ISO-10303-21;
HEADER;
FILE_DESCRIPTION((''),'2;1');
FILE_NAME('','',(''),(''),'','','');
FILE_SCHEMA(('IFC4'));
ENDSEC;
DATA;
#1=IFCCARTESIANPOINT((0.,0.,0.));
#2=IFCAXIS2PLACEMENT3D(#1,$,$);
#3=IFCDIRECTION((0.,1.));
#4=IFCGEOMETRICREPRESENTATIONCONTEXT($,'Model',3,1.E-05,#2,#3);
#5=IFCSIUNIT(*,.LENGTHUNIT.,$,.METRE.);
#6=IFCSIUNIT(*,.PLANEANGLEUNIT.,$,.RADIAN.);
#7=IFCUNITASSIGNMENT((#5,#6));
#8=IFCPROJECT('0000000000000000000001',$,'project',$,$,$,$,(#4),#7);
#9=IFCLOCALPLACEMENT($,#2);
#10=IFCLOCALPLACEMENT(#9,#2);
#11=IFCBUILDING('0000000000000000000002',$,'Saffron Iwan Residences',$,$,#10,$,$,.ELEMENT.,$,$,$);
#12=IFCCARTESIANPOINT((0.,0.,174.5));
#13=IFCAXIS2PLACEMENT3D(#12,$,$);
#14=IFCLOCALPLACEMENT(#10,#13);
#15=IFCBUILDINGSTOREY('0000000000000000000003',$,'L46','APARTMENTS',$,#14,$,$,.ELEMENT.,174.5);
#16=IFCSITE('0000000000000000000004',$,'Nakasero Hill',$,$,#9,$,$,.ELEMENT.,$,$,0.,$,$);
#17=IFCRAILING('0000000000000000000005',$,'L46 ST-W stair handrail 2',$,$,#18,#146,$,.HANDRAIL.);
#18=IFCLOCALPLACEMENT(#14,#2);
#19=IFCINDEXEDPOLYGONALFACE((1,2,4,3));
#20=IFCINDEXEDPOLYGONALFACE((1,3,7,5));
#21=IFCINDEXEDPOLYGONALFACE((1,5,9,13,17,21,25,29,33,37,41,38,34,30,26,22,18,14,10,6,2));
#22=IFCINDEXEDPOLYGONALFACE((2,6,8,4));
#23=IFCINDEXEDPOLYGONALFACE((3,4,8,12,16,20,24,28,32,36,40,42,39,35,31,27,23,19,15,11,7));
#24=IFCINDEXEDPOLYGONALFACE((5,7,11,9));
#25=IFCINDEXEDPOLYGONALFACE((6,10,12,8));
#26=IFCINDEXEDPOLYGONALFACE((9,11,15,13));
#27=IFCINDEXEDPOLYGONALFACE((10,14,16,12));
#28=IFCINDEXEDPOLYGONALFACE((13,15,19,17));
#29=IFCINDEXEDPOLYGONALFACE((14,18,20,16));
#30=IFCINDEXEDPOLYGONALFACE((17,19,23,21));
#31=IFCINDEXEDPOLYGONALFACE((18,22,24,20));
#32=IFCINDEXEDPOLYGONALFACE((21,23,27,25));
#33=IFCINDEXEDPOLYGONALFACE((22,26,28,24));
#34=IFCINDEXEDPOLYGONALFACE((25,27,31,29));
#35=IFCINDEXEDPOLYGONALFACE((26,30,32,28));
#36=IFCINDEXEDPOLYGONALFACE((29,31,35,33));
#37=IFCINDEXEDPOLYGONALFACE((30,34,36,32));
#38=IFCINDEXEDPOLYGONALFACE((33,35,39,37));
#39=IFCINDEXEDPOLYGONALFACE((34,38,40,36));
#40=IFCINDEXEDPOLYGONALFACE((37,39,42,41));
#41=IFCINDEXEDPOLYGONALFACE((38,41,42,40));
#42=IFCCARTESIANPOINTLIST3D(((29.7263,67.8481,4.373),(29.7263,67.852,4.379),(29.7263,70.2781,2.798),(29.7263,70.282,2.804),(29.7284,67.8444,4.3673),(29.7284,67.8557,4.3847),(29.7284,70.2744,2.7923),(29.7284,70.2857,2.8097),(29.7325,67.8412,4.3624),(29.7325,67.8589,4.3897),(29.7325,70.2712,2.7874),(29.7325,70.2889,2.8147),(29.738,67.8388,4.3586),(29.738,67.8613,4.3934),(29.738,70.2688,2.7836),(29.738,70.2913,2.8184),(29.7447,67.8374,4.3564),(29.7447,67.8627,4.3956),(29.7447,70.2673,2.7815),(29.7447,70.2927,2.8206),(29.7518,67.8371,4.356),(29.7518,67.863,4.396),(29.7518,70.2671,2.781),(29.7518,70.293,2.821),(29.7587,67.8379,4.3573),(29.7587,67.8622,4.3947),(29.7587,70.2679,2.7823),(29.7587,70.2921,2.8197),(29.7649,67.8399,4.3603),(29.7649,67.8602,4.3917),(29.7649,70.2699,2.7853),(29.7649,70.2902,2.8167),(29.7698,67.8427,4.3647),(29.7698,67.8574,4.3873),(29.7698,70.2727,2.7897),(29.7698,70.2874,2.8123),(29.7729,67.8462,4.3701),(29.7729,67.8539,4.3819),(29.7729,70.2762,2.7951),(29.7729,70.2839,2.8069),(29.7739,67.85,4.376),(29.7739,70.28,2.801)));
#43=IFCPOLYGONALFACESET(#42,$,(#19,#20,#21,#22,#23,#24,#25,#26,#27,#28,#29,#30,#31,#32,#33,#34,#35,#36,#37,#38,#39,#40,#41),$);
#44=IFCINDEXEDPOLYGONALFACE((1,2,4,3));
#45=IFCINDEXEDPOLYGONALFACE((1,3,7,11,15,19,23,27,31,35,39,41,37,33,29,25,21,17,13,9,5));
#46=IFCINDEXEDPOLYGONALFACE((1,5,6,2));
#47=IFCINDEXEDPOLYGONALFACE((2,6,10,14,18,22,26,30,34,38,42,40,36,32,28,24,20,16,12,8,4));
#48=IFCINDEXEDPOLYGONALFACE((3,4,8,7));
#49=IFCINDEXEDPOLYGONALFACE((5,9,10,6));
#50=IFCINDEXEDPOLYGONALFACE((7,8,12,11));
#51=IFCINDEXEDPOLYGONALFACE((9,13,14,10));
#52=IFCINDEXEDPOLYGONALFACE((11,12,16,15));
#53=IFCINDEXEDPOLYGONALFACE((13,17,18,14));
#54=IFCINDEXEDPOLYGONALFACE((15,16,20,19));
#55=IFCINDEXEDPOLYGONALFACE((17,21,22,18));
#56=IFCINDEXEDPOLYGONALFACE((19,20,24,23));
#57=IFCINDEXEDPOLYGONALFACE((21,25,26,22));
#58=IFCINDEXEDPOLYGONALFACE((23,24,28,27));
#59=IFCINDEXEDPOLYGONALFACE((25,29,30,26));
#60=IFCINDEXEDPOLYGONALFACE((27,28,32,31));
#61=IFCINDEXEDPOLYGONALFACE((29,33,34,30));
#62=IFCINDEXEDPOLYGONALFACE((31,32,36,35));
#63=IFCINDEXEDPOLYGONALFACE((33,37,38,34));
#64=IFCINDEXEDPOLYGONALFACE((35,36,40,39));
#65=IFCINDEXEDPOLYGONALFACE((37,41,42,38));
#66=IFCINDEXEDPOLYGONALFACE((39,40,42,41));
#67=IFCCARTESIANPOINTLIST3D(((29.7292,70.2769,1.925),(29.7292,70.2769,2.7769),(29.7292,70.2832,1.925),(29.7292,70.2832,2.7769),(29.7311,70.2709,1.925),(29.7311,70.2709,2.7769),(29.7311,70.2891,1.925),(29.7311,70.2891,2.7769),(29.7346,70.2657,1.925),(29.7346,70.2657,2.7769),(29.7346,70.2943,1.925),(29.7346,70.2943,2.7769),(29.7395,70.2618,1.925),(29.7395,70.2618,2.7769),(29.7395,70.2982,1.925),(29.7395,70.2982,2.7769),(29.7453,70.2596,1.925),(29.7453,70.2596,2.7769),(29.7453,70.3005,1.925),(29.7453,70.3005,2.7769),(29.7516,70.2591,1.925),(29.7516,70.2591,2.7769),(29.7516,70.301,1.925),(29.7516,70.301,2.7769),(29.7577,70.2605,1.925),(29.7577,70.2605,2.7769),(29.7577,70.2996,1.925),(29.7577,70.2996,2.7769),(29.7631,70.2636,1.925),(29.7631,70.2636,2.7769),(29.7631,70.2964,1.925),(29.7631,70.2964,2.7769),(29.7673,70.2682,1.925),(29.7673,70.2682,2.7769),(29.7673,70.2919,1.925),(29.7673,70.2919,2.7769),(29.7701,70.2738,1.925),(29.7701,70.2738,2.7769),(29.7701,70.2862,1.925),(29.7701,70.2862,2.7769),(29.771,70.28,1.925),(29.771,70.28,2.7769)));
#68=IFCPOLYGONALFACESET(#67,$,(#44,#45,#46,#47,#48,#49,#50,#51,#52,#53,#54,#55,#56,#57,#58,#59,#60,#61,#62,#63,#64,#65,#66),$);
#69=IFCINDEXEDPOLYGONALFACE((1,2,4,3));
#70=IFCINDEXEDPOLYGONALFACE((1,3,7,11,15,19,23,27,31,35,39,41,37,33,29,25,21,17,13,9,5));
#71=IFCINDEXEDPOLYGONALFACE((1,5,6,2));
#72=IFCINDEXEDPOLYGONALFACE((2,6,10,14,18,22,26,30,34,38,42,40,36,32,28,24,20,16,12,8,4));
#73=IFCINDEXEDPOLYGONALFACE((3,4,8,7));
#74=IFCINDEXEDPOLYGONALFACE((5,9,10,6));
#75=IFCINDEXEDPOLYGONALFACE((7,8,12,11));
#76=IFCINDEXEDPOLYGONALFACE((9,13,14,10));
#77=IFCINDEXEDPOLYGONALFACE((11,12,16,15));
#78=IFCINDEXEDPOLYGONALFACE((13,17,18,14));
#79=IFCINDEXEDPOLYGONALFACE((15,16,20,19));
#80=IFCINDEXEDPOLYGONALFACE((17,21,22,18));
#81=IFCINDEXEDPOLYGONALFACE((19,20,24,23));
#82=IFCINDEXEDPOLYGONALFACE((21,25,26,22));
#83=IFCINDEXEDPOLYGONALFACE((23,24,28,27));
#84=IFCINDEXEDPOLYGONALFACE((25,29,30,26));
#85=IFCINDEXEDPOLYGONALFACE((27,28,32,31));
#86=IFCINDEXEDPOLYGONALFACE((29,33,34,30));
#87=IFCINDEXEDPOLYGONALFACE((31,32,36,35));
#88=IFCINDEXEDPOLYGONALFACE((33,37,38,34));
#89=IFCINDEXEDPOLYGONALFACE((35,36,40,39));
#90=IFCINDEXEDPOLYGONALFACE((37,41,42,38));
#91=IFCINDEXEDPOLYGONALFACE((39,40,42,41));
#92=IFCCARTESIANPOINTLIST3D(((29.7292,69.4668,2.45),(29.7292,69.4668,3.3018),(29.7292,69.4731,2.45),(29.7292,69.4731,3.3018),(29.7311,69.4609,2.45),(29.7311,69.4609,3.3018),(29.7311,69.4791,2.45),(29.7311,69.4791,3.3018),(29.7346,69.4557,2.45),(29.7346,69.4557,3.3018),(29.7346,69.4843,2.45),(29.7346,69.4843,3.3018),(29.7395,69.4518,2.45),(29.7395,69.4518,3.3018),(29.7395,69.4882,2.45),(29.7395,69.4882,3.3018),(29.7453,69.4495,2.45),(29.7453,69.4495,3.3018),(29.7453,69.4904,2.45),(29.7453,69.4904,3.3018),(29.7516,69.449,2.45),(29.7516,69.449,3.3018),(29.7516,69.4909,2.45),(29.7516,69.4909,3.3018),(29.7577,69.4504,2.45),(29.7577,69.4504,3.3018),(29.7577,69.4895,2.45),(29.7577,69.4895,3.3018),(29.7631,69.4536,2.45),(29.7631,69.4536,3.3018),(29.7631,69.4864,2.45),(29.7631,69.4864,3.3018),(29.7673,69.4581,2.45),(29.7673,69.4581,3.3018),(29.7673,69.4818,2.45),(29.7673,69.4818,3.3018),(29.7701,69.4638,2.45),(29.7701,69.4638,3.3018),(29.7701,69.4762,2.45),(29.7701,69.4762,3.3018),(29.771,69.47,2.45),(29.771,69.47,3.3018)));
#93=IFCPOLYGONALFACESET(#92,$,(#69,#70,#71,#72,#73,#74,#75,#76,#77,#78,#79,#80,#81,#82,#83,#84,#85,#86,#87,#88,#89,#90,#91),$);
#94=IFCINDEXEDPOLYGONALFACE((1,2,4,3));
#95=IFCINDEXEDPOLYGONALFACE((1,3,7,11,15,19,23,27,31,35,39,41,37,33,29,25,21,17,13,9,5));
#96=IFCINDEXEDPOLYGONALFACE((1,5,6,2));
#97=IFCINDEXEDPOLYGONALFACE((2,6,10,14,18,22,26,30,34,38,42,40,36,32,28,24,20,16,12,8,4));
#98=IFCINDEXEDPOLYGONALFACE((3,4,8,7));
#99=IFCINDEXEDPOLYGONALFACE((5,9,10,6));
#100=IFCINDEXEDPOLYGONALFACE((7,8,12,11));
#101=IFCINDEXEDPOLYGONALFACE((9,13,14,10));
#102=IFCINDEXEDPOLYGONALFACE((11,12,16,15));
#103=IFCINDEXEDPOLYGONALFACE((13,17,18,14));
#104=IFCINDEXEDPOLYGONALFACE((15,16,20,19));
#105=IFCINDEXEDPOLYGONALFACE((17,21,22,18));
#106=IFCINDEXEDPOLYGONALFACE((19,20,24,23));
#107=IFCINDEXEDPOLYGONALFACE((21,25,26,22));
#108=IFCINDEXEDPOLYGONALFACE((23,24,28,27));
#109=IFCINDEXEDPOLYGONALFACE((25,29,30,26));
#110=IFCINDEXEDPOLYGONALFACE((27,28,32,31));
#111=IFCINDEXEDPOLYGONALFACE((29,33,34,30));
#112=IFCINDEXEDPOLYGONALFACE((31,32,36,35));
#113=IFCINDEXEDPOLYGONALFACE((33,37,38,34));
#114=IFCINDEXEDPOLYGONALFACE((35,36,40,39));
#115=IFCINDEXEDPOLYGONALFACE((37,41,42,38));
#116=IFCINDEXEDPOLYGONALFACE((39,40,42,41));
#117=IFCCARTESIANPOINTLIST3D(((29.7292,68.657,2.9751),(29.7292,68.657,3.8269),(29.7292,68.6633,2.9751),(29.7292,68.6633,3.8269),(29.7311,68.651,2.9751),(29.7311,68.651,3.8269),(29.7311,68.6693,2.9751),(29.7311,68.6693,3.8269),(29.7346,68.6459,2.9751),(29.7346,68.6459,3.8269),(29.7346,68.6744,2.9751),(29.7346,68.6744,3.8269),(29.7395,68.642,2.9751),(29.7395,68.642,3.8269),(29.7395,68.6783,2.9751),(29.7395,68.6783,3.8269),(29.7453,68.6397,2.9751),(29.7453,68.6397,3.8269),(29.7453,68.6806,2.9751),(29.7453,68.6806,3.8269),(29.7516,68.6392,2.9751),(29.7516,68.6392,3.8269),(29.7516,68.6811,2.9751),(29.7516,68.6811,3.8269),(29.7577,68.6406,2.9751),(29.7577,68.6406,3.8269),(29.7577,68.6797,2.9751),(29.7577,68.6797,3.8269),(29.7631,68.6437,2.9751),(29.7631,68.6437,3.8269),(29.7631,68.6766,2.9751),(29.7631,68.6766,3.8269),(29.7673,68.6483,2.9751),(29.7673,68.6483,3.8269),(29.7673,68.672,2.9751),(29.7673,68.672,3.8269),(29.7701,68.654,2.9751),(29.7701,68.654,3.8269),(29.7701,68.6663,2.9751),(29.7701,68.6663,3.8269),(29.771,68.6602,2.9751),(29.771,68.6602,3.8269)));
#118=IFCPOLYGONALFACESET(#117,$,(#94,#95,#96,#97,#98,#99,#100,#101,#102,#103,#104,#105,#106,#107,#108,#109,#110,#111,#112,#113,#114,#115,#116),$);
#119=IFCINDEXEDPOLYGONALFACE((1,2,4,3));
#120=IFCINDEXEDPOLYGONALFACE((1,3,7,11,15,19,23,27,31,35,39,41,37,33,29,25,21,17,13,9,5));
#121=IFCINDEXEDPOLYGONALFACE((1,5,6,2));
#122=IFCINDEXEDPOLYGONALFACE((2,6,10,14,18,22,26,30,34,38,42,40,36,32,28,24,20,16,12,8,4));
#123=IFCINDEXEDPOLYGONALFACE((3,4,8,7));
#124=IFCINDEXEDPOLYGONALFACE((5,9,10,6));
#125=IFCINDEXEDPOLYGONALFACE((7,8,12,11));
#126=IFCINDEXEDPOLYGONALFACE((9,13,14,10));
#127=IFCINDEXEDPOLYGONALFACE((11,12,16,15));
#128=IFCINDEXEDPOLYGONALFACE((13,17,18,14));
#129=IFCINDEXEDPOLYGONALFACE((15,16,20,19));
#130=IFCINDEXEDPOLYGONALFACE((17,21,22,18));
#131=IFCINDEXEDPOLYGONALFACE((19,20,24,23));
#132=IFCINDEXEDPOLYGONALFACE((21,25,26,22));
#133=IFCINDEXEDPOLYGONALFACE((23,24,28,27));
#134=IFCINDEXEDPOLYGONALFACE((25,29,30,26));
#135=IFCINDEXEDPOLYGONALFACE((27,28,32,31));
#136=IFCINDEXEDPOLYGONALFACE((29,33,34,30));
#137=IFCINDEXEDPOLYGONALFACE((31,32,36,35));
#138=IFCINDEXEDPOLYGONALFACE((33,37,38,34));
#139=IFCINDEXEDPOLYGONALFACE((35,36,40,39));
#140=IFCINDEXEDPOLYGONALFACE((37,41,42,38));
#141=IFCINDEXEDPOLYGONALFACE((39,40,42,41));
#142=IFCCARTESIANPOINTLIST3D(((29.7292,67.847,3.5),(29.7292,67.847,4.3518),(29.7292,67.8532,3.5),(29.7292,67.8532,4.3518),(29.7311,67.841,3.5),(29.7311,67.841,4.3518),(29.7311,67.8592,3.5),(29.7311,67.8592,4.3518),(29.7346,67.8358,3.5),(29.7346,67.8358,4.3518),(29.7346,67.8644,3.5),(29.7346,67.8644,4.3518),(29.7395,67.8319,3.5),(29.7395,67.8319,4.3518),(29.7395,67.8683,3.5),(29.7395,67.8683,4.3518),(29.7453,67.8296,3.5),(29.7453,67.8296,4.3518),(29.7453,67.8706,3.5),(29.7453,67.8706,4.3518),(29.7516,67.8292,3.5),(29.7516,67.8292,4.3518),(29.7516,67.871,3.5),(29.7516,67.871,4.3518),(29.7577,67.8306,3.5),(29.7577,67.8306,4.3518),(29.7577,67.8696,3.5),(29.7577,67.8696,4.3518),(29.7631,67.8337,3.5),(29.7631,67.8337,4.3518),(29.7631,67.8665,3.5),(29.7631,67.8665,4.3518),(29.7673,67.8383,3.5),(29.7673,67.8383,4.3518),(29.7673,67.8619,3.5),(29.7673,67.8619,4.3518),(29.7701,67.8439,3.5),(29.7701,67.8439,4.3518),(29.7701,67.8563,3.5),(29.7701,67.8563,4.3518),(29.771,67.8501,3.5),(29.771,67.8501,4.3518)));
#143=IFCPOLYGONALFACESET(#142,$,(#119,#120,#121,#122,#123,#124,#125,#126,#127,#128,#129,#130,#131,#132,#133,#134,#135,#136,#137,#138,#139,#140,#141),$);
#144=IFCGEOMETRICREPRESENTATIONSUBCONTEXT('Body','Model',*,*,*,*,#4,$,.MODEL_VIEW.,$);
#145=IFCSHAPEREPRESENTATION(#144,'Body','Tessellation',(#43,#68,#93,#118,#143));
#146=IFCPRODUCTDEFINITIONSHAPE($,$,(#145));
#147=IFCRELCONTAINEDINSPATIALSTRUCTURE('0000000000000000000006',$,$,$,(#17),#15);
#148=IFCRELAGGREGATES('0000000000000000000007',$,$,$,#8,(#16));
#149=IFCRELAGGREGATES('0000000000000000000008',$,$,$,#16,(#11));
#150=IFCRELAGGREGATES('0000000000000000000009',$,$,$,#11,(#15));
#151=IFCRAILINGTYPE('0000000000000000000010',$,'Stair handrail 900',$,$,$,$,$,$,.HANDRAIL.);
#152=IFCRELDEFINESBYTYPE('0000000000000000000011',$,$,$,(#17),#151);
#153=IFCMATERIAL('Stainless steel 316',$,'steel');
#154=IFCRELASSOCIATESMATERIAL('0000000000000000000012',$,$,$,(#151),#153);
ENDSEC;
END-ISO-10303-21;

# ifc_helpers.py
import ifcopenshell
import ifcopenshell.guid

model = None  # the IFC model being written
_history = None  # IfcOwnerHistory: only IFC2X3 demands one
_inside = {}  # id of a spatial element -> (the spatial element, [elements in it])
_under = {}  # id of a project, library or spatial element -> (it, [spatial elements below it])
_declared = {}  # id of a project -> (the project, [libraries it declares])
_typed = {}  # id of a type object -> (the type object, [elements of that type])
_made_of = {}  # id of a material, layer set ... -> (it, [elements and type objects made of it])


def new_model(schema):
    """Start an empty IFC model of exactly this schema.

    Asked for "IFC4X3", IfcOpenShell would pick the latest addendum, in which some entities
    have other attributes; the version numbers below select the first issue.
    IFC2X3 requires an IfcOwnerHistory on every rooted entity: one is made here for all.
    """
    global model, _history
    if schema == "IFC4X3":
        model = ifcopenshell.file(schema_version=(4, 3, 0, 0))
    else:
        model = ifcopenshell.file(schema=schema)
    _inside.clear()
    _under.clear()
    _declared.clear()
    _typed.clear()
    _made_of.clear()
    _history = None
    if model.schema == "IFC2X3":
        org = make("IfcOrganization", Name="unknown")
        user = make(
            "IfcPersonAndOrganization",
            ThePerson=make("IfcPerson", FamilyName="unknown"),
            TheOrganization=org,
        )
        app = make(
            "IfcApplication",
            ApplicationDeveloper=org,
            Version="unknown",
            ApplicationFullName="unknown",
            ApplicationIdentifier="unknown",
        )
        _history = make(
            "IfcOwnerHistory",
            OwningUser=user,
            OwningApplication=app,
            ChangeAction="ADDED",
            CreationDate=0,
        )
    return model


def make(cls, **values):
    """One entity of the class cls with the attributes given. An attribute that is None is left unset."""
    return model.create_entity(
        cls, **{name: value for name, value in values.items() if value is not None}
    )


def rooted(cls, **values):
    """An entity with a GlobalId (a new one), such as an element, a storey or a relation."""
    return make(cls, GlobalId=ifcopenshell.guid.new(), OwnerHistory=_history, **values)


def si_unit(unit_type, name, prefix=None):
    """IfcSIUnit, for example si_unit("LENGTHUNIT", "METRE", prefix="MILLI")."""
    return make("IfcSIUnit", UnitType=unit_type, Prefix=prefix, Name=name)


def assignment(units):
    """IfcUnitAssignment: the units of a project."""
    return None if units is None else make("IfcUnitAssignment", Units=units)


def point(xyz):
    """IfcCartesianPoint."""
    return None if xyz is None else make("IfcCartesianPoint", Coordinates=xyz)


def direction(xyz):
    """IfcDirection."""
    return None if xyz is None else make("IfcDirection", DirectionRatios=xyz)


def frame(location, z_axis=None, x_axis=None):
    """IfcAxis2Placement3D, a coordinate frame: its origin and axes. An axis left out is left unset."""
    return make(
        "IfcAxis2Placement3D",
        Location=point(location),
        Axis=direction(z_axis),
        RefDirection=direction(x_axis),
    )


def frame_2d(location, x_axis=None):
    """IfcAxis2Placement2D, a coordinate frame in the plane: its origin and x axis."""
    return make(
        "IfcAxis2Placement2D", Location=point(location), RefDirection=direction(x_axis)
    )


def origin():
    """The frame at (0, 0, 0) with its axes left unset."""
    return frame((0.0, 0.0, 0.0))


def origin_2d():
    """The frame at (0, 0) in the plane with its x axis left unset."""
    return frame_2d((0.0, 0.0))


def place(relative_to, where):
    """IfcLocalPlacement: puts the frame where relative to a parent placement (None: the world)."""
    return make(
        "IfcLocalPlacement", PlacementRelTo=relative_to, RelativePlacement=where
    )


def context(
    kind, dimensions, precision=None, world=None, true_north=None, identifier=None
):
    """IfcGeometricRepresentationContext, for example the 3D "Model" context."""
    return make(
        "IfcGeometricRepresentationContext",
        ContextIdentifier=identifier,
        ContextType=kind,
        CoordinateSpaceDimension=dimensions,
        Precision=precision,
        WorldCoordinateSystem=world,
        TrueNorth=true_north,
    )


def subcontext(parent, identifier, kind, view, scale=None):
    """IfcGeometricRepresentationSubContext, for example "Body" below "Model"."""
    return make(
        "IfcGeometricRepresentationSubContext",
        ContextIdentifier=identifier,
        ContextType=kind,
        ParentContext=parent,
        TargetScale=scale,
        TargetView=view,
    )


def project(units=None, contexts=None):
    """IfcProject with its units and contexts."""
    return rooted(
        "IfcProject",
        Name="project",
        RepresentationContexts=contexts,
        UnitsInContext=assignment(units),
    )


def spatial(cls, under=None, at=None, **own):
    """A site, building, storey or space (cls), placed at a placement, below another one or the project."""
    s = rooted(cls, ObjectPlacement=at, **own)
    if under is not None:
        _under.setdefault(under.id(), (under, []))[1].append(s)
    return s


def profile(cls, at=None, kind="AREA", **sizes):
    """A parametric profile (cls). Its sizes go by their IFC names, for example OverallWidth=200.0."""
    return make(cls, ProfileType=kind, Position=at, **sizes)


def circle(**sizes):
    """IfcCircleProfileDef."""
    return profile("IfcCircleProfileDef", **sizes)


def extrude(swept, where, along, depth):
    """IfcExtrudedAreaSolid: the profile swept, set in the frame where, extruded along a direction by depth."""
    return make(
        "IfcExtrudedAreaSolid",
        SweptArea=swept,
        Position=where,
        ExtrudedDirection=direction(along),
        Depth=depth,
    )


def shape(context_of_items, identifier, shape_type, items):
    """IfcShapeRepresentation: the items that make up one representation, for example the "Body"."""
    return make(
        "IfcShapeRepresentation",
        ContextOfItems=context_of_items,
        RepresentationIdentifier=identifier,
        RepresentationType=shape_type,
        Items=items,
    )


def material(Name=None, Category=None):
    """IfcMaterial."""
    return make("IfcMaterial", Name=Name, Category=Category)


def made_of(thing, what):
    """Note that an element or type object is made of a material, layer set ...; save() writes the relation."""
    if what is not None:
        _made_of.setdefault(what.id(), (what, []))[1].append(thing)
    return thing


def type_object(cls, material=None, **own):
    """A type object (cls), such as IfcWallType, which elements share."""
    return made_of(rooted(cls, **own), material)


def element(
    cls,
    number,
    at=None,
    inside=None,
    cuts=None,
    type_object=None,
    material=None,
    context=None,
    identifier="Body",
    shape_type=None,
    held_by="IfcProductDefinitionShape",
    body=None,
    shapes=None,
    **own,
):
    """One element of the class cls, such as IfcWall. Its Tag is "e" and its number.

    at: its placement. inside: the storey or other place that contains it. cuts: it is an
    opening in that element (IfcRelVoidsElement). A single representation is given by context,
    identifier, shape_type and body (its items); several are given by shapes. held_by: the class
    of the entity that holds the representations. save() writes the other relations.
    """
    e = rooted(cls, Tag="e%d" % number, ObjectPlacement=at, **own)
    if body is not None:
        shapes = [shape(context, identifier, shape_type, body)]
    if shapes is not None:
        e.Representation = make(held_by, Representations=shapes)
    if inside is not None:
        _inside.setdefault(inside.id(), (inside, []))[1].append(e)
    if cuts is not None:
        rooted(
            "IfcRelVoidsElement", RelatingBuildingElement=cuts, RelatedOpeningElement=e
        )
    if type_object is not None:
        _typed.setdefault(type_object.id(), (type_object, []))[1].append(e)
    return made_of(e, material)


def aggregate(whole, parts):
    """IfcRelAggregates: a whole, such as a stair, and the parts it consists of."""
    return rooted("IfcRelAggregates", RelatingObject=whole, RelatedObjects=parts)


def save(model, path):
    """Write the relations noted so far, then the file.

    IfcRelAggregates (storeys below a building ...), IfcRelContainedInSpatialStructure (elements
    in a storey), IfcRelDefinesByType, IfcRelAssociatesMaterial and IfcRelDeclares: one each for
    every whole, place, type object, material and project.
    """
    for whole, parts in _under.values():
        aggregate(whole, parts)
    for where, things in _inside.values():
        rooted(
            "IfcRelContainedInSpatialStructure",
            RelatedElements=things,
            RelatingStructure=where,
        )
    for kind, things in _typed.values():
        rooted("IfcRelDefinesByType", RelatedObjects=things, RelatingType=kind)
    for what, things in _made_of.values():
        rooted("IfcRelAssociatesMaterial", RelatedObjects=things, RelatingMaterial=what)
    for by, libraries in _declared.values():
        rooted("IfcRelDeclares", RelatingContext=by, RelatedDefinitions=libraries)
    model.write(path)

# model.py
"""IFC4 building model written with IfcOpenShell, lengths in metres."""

from ifc_helpers import new_model, si_unit, direction, frame, origin, origin_2d, place, context, subcontext, project, spatial, circle, extrude, material, type_object, element, save


model = new_model("IFC4")

# Units and contexts
model_context = context("Model", 3, precision=1e-05, world=origin(), true_north=direction((0.0, 1.0)))
body_context = subcontext(model_context, "Body", "Model", "MODEL_VIEW")
ifc_project = project(units=[si_unit("LENGTHUNIT", "METRE"), si_unit("PLANEANGLEUNIT", "RADIAN")], contexts=[model_context])

# Site, building, storey
site_placement = place(None, origin())
site = spatial("IfcSite", under=ifc_project, at=site_placement, Name="Nakasero Hill", CompositionType="ELEMENT", RefElevation=0.0)
building_placement = place(site_placement, origin())
building = spatial("IfcBuilding", under=site, at=building_placement, Name="Saffron Iwan Residences", CompositionType="ELEMENT")
storey_placement = place(building_placement, frame((0.0, 0.0, 174.5)))
storey = spatial("IfcBuildingStorey", under=building, at=storey_placement, Name="L46", Description="APARTMENTS", CompositionType="ELEMENT", Elevation=174.5)

# Railing
ifc_material_1 = material(Name="Stainless steel 316", Category="steel")
railing_type_1 = type_object("IfcRailingType", Name="Stair handrail 900", PredefinedType="HANDRAIL", material=ifc_material_1)
railing_1_placement = place(storey_placement, frame((29.75, 70.28, 1.925)))
element("IfcRailing", 1, at=railing_1_placement, inside=storey, type_object=railing_type_1, Name="L46 ST-W stair handrail 2", PredefinedType="HANDRAIL", context=body_context, shape_type="SweptSolid", body=[
    extrude(circle(Radius=0.0239, at=origin_2d()), frame((0.0, 0.0, 0.876), z_axis=(0.0, -0.839154, 0.543894), x_axis=(1.0, 0.0, 0.0)), (0.0, 0.0, 1.0), 2.8958),
    extrude(circle(Radius=0.021, at=origin_2d()), origin(), (0.0, 0.0, 1.0), 0.8518),
    extrude(circle(Radius=0.021, at=origin_2d()), frame((0.0, -0.8101, 0.5249)), (0.0, 0.0, 1.0), 0.8518),
    extrude(circle(Radius=0.021, at=origin_2d()), frame((0.0, -1.6199, 1.05)), (0.0, 0.0, 1.0), 0.8518),
    extrude(circle(Radius=0.021, at=origin_2d()), frame((0.0, -2.4299, 1.575)), (0.0, 0.0, 1.0), 0.8518),
])

save(model, "model.ifc")
